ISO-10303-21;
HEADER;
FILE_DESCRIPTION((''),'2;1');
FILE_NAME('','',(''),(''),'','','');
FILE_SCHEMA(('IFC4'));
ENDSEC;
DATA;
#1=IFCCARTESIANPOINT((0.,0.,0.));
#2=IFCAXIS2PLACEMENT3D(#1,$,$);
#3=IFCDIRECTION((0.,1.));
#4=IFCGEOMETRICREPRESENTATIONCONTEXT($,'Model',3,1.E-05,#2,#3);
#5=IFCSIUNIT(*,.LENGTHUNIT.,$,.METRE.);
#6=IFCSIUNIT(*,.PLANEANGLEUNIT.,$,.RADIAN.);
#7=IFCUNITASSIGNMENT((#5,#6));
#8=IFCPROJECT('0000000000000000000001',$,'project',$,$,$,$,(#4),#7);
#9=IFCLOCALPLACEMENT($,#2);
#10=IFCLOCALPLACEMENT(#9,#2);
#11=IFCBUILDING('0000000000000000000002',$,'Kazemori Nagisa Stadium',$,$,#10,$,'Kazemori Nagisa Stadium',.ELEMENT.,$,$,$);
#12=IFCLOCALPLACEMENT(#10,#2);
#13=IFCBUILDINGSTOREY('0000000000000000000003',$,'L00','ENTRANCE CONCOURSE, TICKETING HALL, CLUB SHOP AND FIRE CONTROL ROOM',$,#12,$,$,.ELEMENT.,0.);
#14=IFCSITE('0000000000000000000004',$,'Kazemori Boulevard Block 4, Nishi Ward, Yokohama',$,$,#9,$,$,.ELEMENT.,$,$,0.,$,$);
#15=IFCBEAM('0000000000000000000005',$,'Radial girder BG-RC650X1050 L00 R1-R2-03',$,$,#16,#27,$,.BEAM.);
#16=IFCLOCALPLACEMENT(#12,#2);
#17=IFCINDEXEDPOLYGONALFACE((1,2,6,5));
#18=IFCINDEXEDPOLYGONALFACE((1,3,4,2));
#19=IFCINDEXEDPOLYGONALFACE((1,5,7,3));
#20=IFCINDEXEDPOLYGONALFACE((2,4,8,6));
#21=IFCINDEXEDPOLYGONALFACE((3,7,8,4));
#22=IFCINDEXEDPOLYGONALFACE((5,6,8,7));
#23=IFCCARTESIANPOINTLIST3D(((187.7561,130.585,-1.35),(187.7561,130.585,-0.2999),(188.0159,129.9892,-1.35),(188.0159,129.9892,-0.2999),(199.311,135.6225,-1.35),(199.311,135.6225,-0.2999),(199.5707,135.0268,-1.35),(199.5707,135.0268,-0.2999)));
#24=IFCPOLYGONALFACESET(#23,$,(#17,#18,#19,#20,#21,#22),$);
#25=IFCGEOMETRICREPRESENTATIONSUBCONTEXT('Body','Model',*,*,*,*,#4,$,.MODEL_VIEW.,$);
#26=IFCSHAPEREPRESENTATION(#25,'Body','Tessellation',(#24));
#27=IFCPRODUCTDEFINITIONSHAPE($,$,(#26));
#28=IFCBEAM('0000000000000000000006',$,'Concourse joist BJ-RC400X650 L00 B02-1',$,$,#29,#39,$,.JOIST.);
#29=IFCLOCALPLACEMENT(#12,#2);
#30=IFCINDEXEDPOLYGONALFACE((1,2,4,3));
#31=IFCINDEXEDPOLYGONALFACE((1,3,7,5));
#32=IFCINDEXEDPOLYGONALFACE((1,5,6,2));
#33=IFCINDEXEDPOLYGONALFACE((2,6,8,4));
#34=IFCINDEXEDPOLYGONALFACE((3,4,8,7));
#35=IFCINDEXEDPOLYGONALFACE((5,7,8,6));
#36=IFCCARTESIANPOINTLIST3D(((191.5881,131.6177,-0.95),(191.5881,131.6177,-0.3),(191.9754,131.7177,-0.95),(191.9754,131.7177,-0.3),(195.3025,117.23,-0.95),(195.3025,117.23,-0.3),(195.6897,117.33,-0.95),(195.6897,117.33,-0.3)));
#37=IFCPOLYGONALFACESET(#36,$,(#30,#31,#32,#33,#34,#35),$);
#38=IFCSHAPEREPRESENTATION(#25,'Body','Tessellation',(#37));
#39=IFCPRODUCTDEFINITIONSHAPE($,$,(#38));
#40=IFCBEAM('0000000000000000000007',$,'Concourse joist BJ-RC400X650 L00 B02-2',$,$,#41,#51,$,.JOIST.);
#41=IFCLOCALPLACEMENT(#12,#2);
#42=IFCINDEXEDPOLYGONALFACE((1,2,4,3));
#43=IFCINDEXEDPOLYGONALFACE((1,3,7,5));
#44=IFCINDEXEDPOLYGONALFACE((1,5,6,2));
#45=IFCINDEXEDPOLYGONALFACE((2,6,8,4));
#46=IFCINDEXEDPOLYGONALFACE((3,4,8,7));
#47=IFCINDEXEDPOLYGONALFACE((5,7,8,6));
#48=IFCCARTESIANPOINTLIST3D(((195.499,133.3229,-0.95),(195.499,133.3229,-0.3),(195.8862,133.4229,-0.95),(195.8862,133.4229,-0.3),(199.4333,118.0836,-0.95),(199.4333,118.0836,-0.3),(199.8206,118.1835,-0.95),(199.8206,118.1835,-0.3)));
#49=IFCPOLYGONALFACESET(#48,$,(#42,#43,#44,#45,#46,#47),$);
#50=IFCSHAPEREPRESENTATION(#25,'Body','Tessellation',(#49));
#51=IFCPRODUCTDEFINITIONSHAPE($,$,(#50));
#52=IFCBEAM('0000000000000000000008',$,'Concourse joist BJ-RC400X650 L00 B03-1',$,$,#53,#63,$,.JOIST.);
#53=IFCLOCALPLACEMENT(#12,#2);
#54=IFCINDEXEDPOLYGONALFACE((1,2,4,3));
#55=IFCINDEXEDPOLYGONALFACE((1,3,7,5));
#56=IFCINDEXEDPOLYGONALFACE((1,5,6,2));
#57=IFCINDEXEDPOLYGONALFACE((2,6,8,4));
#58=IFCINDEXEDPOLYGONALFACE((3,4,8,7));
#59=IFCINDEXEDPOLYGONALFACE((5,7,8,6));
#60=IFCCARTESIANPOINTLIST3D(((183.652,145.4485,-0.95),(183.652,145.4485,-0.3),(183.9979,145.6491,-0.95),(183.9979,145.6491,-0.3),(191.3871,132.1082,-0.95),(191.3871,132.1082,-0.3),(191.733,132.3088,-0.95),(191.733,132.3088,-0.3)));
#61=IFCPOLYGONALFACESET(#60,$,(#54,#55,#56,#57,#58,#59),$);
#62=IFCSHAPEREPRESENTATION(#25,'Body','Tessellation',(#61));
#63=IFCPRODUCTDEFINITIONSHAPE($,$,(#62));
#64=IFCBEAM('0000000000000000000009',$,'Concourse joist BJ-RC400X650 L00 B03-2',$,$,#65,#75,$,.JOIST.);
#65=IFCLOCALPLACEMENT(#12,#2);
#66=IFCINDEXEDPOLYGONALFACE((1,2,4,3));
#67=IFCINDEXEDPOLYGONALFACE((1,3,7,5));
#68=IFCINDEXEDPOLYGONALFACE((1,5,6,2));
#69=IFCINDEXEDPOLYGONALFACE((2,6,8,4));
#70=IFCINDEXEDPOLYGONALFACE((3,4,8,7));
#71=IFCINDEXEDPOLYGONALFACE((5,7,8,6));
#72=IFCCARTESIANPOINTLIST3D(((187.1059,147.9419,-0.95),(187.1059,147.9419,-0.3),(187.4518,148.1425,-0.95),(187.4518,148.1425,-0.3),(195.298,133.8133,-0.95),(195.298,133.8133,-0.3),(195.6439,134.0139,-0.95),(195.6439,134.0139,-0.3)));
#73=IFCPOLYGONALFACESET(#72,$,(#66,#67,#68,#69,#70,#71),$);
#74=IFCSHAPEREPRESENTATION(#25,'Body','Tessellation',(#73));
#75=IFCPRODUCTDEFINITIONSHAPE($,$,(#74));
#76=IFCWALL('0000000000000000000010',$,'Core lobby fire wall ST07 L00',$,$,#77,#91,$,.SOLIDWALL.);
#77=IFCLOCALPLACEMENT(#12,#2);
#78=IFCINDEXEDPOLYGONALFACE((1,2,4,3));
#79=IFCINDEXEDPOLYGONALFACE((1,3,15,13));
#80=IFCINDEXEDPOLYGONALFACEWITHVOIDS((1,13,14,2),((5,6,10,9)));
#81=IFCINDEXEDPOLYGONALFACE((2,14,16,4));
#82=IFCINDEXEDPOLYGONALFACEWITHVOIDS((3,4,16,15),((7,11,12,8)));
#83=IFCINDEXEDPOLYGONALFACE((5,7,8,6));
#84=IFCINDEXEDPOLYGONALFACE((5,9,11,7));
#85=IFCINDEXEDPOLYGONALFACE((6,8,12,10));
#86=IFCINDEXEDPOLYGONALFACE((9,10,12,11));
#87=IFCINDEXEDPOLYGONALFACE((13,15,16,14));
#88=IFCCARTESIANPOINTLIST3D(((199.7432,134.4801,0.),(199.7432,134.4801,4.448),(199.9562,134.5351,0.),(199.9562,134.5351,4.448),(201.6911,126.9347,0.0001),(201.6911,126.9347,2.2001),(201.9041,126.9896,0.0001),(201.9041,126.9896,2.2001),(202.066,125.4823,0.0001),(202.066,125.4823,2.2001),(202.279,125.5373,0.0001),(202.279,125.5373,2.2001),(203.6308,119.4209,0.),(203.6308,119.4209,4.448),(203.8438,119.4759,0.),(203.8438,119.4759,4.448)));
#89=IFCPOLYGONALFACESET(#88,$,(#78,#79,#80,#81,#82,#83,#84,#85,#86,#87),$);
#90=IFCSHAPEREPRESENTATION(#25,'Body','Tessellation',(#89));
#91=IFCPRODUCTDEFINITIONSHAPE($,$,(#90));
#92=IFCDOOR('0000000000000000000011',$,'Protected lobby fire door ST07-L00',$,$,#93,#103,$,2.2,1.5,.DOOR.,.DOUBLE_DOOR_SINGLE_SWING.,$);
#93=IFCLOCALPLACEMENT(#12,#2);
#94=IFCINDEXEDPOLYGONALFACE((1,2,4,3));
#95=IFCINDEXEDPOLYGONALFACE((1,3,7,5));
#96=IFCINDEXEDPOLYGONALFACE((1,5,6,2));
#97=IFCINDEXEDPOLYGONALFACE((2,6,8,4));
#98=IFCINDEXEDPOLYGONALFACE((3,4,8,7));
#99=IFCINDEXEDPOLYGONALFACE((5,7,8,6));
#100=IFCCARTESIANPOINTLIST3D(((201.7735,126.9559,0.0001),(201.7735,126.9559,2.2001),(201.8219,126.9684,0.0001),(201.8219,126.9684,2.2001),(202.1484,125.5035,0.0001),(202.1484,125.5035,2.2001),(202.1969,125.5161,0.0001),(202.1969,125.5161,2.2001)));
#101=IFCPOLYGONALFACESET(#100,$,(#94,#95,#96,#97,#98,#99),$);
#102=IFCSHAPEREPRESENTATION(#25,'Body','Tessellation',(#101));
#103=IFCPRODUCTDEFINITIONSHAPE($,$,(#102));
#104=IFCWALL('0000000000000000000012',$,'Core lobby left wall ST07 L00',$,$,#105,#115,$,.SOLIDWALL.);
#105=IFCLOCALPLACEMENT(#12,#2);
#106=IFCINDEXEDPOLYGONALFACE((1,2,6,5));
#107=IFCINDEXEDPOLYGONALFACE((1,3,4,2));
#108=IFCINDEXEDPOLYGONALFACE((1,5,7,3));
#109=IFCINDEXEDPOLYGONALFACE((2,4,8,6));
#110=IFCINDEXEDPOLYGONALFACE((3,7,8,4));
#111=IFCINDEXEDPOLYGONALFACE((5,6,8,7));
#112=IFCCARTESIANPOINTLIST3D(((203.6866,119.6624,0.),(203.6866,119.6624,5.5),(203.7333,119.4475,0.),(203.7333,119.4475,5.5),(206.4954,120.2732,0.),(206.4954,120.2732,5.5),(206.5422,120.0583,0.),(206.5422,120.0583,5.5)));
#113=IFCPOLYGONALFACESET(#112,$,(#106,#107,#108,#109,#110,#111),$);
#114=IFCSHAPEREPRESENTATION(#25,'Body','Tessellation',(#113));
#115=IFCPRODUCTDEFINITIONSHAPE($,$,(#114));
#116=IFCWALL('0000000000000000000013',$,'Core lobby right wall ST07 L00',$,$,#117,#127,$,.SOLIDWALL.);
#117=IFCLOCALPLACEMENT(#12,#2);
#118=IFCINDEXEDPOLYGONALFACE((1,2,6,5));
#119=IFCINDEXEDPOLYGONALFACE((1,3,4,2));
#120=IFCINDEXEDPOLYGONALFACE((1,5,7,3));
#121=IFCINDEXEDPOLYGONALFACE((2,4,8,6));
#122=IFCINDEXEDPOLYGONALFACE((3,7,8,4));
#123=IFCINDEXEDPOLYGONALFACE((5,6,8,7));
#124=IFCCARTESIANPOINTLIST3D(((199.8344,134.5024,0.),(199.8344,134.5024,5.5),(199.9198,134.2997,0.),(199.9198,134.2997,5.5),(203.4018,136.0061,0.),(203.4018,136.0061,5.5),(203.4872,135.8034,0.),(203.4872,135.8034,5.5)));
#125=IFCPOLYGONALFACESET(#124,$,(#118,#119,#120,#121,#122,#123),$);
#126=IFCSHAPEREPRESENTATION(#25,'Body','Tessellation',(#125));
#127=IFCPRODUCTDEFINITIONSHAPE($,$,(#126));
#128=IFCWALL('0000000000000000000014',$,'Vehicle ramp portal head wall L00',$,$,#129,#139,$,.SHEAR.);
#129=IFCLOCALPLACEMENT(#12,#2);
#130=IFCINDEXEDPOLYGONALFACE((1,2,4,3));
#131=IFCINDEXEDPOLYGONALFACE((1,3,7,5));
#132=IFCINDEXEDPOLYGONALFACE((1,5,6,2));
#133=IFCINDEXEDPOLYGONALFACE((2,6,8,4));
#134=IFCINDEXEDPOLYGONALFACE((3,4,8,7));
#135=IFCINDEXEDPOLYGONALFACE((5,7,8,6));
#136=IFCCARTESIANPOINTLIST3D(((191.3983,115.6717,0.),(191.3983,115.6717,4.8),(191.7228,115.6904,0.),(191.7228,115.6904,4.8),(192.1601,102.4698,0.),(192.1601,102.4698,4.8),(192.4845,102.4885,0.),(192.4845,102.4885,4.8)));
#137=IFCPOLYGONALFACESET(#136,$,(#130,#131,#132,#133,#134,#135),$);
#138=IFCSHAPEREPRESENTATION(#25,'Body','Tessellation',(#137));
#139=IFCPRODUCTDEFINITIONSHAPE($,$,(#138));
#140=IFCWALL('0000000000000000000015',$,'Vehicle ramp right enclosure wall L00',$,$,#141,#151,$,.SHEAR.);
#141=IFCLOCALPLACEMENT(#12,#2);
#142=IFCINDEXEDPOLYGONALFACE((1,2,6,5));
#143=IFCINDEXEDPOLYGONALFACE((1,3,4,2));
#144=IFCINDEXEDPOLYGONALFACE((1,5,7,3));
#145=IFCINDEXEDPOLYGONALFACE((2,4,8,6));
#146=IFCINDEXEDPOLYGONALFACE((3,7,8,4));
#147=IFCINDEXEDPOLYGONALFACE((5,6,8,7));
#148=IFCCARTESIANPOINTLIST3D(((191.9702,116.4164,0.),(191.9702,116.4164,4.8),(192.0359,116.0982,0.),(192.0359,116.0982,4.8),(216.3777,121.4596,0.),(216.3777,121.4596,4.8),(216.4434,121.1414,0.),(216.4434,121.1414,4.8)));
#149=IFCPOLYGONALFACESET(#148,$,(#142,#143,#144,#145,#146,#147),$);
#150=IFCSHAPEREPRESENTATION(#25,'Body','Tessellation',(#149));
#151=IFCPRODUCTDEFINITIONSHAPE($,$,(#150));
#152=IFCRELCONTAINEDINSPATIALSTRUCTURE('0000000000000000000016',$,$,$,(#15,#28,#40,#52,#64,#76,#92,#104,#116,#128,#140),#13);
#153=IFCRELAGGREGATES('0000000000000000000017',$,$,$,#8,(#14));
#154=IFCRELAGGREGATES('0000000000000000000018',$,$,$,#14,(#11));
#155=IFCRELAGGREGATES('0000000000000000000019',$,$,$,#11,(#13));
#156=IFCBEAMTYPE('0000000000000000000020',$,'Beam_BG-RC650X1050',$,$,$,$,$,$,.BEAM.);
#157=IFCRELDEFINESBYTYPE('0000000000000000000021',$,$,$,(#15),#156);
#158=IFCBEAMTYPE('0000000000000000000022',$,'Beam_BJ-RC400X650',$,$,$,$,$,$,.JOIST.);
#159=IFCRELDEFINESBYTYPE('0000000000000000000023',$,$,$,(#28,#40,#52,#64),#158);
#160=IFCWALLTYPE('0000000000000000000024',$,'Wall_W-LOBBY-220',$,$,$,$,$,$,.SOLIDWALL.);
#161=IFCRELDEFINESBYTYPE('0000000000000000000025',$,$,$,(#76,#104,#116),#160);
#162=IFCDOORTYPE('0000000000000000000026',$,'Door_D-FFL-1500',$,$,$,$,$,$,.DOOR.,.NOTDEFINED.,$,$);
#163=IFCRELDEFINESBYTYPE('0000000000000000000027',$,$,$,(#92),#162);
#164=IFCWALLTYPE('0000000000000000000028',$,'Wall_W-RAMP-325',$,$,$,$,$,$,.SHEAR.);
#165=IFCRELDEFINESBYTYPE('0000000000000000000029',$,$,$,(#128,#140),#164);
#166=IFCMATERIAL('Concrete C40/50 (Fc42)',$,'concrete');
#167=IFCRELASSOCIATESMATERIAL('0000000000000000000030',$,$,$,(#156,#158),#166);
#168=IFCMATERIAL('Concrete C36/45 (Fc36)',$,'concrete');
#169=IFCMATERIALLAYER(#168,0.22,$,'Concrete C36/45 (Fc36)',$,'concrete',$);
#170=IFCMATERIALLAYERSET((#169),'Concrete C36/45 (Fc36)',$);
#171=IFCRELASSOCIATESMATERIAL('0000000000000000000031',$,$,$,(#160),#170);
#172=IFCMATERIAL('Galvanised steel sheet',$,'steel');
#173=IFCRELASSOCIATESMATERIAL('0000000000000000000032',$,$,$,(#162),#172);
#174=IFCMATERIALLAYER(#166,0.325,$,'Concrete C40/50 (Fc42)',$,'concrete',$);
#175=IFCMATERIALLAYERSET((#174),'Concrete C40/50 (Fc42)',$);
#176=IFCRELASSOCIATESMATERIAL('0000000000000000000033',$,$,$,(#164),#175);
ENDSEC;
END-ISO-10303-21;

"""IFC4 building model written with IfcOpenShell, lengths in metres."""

from ifc_helpers import new_model, si_unit, direction, frame, frame_2d, origin, origin_2d, place, context, subcontext, project, spatial, rectangle, extrude, material, layer, layer_set, material_profile, profile_set, type_object, element, fill, save


model = new_model("IFC4")

# Units and contexts
model_context = context("Model", 3, precision=1e-05, world=origin(), true_north=direction((0.0, 1.0)))
body_context = subcontext(model_context, "Body", "Model", "MODEL_VIEW")
ifc_project = project(units=[si_unit("LENGTHUNIT", "METRE"), si_unit("PLANEANGLEUNIT", "RADIAN")], contexts=[model_context])

# Site, building, storey
site_placement = place(None, origin())
site = spatial("IfcSite", under=ifc_project, at=site_placement, Name="Kazemori Boulevard Block 4, Nishi Ward, Yokohama", CompositionType="ELEMENT", RefElevation=0.0)
building_placement = place(site_placement, origin())
building = spatial("IfcBuilding", under=site, at=building_placement, Name="Kazemori Nagisa Stadium", LongName="Kazemori Nagisa Stadium", CompositionType="ELEMENT")
storey_placement = place(building_placement, origin())
storey = spatial("IfcBuildingStorey", under=building, at=storey_placement, Name="L00", Description="ENTRANCE CONCOURSE, TICKETING HALL, CLUB SHOP AND FIRE CONTROL ROOM", CompositionType="ELEMENT", Elevation=0.0)

# Shared definitions
ifc_material_1 = material(Name="Concrete C40/50 (Fc42)", Category="concrete")

# Beams
ifc_material_profile_1 = material_profile(ifc_material_1, rectangle(XDim=0.6499, YDim=1.05, at=origin_2d()), Name="RC-BM-650x1050")
ifc_profile_set_1 = profile_set([ifc_material_profile_1], Name="Concrete C40/50 (Fc42)")
beam_type_1 = type_object("IfcBeamType", Name="Beam_BG-RC650X1050", PredefinedType="BEAM", material=ifc_profile_set_1)
beam_1_placement = place(storey_placement, frame((187.886, 130.2871, -0.825), z_axis=(0.916672, 0.399641, 0.0), x_axis=(-0.399641, 0.916672, 0.0)))
element("IfcBeam", 1, at=beam_1_placement, inside=storey, type_object=beam_type_1, Name="Radial girder BG-RC650X1050 L00 R1-R2-03", PredefinedType="BEAM", context=body_context, shape_type="SweptSolid", body=[
    extrude(rectangle(XDim=0.6499, YDim=1.05, at=origin_2d()), origin(), (0.0, 0.0, 1.0), 12.6052),
])
ifc_material_profile_2 = material_profile(ifc_material_1, rectangle(XDim=0.3999, YDim=0.6499, at=origin_2d()), Name="RC-BM-400x650")
ifc_profile_set_2 = profile_set([ifc_material_profile_2], Name="Concrete C40/50 (Fc42)")
beam_type_2 = type_object("IfcBeamType", Name="Beam_BJ-RC400X650", PredefinedType="JOIST", material=ifc_profile_set_2)
beam_2_placement = place(storey_placement, frame((195.4961, 117.28, -0.625), z_axis=(-0.249966, 0.968254, 0.0), x_axis=(-0.968254, -0.249966, 0.0)))
element("IfcBeam", 2, at=beam_2_placement, inside=storey, type_object=beam_type_2, Name="Concourse joist BJ-RC400X650 L00 B02-1", PredefinedType="JOIST", context=body_context, shape_type="SweptSolid", body=[
    extrude(rectangle(XDim=0.3999, YDim=0.6499, at=origin_2d()), origin(), (0.0, 0.0, 1.0), 14.8594),
])
beam_3_placement = place(storey_placement, frame((199.627, 118.1335, -0.625), z_axis=(-0.249974, 0.968252, 0.0), x_axis=(-0.968252, -0.249974, 0.0)))
element("IfcBeam", 3, at=beam_3_placement, inside=storey, type_object=beam_type_2, Name="Concourse joist BJ-RC400X650 L00 B02-2", PredefinedType="JOIST", context=body_context, shape_type="SweptSolid", body=[
    extrude(rectangle(XDim=0.3999, YDim=0.6499, at=origin_2d()), origin(), (0.0, 0.0, 1.0), 15.739),
])
beam_4_placement = place(storey_placement, frame((191.5601, 132.2085, -0.625), z_axis=(-0.501607, 0.865095, 0.0), x_axis=(-0.865095, -0.501607, 0.0)))
element("IfcBeam", 4, at=beam_4_placement, inside=storey, type_object=beam_type_2, Name="Concourse joist BJ-RC400X650 L00 B03-1", PredefinedType="JOIST", context=body_context, shape_type="SweptSolid", body=[
    extrude(rectangle(XDim=0.3999, YDim=0.6499, at=origin_2d()), origin(), (0.0, 0.0, 1.0), 15.4207),
])
beam_5_placement = place(storey_placement, frame((195.4709, 133.9136, -0.625), z_axis=(-0.501604, 0.865097, 0.0), x_axis=(-0.865097, -0.501604, 0.0)))
element("IfcBeam", 5, at=beam_5_placement, inside=storey, type_object=beam_type_2, Name="Concourse joist BJ-RC400X650 L00 B03-2", PredefinedType="JOIST", context=body_context, shape_type="SweptSolid", body=[
    extrude(rectangle(XDim=0.3999, YDim=0.6499, at=origin_2d()), origin(), (0.0, 0.0, 1.0), 16.3318),
])

# Wall, opening, door
ifc_material_2 = material(Name="Concrete C36/45 (Fc36)", Category="concrete")
ifc_layer_1 = layer(ifc_material_2, 0.22, Name="Concrete C36/45 (Fc36)", Category="concrete")
ifc_layer_set_1 = layer_set([ifc_layer_1], Name="Concrete C36/45 (Fc36)")
wall_type_1 = type_object("IfcWallType", Name="Wall_W-LOBBY-220", PredefinedType="SOLIDWALL", material=ifc_layer_set_1)
wall_1_placement = place(storey_placement, frame((203.7373, 119.4485, 0.0), z_axis=(0.0, 0.0, 1.0), x_axis=(-0.249963, 0.968255, 0.0)))
wall_1 = element("IfcWall", 6, at=wall_1_placement, inside=storey, type_object=wall_type_1, Name="Core lobby fire wall ST07 L00", PredefinedType="SOLIDWALL", context=body_context, shape_type="SweptSolid", body=[
    extrude(rectangle(XDim=15.553, YDim=0.22, at=frame_2d((7.7764, 0.0))), origin(), (0.0, 0.0, 1.0), 4.448),
])
opening_placement = place(wall_1_placement, frame((6.26, 0.0, 0.0)))
opening = element("IfcOpeningElement", 7, at=opening_placement, cuts=wall_1, PredefinedType="OPENING", context=body_context, shape_type="SweptSolid", body=[
    extrude(rectangle(XDim=1.5, YDim=2.2, at=frame_2d((0.75, 1.1001))), frame((0.0, 0.1199, 0.0), z_axis=(0.0, -1.0, 0.0), x_axis=(1.0, 0.0, 0.0)), (0.0, 0.0, 1.0), 0.24),
])
ifc_material_3 = material(Name="Galvanised steel sheet", Category="steel")
door_type = type_object("IfcDoorType", Name="Door_D-FFL-1500", OperationType="NOTDEFINED", PredefinedType="DOOR", material=ifc_material_3)
door_placement = place(opening_placement, origin())
door = element("IfcDoor", 8, at=door_placement, inside=storey, type_object=door_type, Name="Protected lobby fire door ST07-L00", OperationType="DOUBLE_DOOR_SINGLE_SWING", OverallHeight=2.2, OverallWidth=1.5, PredefinedType="DOOR", context=body_context, shape_type="SweptSolid", body=[
    extrude(rectangle(XDim=1.5, YDim=2.2, at=frame_2d((0.75, 1.1001))), frame((0.0, 0.0249, 0.0), z_axis=(0.0, -1.0, 0.0), x_axis=(1.0, 0.0, 0.0)), (0.0, 0.0, 1.0), 0.05),
])
fill(opening, door)

# Walls
wall_2_placement = place(storey_placement, frame((203.71, 119.5549, 0.0), z_axis=(0.0, 0.0, 1.0), x_axis=(0.97716, 0.212504, 0.0)))
element("IfcWall", 9, at=wall_2_placement, inside=storey, type_object=wall_type_1, Name="Core lobby left wall ST07 L00", PredefinedType="SOLIDWALL", context=body_context, shape_type="SweptSolid", body=[
    extrude(rectangle(XDim=2.8745, YDim=0.22, at=frame_2d((1.4373, 0.0))), origin(), (0.0, 0.0, 1.0), 5.5),
])
wall_3_placement = place(storey_placement, frame((199.8772, 134.4011, 0.0), z_axis=(0.0, 0.0, 1.0), x_axis=(0.921487, 0.388409, 0.0)))
element("IfcWall", 10, at=wall_3_placement, inside=storey, type_object=wall_type_1, Name="Core lobby right wall ST07 L00", PredefinedType="SOLIDWALL", context=body_context, shape_type="SweptSolid", body=[
    extrude(rectangle(XDim=3.8713, YDim=0.22, at=frame_2d((1.9355, 0.0))), origin(), (0.0, 0.0, 1.0), 5.5),
])
ifc_layer_2 = layer(ifc_material_1, 0.325, Name="Concrete C40/50 (Fc42)", Category="concrete")
ifc_layer_set_2 = layer_set([ifc_layer_2], Name="Concrete C40/50 (Fc42)")
wall_type_2 = type_object("IfcWallType", Name="Wall_W-RAMP-325", PredefinedType="SHEAR", material=ifc_layer_set_2)
wall_4_placement = place(storey_placement, frame((192.3223, 102.4792, 0.0), z_axis=(0.0, 0.0, 1.0), x_axis=(-0.057602, 0.99834, 0.0)))
element("IfcWall", 11, at=wall_4_placement, inside=storey, type_object=wall_type_2, Name="Vehicle ramp portal head wall L00", PredefinedType="SHEAR", context=body_context, shape_type="SweptSolid", body=[
    extrude(rectangle(XDim=13.2239, YDim=0.325, at=frame_2d((6.6118, 0.0))), origin(), (0.0, 0.0, 1.0), 4.8),
])
wall_5_placement = place(storey_placement, frame((192.0032, 116.2573, 0.0), z_axis=(0.0, 0.0, 1.0), x_axis=(0.979313, 0.202351, 0.0)))
element("IfcWall", 12, at=wall_5_placement, inside=storey, type_object=wall_type_2, Name="Vehicle ramp right enclosure wall L00", PredefinedType="SHEAR", context=body_context, shape_type="SweptSolid", body=[
    extrude(rectangle(XDim=24.9231, YDim=0.325, at=frame_2d((12.4614, 0.0))), origin(), (0.0, 0.0, 1.0), 4.8),
])

save(model, "model.ifc")
